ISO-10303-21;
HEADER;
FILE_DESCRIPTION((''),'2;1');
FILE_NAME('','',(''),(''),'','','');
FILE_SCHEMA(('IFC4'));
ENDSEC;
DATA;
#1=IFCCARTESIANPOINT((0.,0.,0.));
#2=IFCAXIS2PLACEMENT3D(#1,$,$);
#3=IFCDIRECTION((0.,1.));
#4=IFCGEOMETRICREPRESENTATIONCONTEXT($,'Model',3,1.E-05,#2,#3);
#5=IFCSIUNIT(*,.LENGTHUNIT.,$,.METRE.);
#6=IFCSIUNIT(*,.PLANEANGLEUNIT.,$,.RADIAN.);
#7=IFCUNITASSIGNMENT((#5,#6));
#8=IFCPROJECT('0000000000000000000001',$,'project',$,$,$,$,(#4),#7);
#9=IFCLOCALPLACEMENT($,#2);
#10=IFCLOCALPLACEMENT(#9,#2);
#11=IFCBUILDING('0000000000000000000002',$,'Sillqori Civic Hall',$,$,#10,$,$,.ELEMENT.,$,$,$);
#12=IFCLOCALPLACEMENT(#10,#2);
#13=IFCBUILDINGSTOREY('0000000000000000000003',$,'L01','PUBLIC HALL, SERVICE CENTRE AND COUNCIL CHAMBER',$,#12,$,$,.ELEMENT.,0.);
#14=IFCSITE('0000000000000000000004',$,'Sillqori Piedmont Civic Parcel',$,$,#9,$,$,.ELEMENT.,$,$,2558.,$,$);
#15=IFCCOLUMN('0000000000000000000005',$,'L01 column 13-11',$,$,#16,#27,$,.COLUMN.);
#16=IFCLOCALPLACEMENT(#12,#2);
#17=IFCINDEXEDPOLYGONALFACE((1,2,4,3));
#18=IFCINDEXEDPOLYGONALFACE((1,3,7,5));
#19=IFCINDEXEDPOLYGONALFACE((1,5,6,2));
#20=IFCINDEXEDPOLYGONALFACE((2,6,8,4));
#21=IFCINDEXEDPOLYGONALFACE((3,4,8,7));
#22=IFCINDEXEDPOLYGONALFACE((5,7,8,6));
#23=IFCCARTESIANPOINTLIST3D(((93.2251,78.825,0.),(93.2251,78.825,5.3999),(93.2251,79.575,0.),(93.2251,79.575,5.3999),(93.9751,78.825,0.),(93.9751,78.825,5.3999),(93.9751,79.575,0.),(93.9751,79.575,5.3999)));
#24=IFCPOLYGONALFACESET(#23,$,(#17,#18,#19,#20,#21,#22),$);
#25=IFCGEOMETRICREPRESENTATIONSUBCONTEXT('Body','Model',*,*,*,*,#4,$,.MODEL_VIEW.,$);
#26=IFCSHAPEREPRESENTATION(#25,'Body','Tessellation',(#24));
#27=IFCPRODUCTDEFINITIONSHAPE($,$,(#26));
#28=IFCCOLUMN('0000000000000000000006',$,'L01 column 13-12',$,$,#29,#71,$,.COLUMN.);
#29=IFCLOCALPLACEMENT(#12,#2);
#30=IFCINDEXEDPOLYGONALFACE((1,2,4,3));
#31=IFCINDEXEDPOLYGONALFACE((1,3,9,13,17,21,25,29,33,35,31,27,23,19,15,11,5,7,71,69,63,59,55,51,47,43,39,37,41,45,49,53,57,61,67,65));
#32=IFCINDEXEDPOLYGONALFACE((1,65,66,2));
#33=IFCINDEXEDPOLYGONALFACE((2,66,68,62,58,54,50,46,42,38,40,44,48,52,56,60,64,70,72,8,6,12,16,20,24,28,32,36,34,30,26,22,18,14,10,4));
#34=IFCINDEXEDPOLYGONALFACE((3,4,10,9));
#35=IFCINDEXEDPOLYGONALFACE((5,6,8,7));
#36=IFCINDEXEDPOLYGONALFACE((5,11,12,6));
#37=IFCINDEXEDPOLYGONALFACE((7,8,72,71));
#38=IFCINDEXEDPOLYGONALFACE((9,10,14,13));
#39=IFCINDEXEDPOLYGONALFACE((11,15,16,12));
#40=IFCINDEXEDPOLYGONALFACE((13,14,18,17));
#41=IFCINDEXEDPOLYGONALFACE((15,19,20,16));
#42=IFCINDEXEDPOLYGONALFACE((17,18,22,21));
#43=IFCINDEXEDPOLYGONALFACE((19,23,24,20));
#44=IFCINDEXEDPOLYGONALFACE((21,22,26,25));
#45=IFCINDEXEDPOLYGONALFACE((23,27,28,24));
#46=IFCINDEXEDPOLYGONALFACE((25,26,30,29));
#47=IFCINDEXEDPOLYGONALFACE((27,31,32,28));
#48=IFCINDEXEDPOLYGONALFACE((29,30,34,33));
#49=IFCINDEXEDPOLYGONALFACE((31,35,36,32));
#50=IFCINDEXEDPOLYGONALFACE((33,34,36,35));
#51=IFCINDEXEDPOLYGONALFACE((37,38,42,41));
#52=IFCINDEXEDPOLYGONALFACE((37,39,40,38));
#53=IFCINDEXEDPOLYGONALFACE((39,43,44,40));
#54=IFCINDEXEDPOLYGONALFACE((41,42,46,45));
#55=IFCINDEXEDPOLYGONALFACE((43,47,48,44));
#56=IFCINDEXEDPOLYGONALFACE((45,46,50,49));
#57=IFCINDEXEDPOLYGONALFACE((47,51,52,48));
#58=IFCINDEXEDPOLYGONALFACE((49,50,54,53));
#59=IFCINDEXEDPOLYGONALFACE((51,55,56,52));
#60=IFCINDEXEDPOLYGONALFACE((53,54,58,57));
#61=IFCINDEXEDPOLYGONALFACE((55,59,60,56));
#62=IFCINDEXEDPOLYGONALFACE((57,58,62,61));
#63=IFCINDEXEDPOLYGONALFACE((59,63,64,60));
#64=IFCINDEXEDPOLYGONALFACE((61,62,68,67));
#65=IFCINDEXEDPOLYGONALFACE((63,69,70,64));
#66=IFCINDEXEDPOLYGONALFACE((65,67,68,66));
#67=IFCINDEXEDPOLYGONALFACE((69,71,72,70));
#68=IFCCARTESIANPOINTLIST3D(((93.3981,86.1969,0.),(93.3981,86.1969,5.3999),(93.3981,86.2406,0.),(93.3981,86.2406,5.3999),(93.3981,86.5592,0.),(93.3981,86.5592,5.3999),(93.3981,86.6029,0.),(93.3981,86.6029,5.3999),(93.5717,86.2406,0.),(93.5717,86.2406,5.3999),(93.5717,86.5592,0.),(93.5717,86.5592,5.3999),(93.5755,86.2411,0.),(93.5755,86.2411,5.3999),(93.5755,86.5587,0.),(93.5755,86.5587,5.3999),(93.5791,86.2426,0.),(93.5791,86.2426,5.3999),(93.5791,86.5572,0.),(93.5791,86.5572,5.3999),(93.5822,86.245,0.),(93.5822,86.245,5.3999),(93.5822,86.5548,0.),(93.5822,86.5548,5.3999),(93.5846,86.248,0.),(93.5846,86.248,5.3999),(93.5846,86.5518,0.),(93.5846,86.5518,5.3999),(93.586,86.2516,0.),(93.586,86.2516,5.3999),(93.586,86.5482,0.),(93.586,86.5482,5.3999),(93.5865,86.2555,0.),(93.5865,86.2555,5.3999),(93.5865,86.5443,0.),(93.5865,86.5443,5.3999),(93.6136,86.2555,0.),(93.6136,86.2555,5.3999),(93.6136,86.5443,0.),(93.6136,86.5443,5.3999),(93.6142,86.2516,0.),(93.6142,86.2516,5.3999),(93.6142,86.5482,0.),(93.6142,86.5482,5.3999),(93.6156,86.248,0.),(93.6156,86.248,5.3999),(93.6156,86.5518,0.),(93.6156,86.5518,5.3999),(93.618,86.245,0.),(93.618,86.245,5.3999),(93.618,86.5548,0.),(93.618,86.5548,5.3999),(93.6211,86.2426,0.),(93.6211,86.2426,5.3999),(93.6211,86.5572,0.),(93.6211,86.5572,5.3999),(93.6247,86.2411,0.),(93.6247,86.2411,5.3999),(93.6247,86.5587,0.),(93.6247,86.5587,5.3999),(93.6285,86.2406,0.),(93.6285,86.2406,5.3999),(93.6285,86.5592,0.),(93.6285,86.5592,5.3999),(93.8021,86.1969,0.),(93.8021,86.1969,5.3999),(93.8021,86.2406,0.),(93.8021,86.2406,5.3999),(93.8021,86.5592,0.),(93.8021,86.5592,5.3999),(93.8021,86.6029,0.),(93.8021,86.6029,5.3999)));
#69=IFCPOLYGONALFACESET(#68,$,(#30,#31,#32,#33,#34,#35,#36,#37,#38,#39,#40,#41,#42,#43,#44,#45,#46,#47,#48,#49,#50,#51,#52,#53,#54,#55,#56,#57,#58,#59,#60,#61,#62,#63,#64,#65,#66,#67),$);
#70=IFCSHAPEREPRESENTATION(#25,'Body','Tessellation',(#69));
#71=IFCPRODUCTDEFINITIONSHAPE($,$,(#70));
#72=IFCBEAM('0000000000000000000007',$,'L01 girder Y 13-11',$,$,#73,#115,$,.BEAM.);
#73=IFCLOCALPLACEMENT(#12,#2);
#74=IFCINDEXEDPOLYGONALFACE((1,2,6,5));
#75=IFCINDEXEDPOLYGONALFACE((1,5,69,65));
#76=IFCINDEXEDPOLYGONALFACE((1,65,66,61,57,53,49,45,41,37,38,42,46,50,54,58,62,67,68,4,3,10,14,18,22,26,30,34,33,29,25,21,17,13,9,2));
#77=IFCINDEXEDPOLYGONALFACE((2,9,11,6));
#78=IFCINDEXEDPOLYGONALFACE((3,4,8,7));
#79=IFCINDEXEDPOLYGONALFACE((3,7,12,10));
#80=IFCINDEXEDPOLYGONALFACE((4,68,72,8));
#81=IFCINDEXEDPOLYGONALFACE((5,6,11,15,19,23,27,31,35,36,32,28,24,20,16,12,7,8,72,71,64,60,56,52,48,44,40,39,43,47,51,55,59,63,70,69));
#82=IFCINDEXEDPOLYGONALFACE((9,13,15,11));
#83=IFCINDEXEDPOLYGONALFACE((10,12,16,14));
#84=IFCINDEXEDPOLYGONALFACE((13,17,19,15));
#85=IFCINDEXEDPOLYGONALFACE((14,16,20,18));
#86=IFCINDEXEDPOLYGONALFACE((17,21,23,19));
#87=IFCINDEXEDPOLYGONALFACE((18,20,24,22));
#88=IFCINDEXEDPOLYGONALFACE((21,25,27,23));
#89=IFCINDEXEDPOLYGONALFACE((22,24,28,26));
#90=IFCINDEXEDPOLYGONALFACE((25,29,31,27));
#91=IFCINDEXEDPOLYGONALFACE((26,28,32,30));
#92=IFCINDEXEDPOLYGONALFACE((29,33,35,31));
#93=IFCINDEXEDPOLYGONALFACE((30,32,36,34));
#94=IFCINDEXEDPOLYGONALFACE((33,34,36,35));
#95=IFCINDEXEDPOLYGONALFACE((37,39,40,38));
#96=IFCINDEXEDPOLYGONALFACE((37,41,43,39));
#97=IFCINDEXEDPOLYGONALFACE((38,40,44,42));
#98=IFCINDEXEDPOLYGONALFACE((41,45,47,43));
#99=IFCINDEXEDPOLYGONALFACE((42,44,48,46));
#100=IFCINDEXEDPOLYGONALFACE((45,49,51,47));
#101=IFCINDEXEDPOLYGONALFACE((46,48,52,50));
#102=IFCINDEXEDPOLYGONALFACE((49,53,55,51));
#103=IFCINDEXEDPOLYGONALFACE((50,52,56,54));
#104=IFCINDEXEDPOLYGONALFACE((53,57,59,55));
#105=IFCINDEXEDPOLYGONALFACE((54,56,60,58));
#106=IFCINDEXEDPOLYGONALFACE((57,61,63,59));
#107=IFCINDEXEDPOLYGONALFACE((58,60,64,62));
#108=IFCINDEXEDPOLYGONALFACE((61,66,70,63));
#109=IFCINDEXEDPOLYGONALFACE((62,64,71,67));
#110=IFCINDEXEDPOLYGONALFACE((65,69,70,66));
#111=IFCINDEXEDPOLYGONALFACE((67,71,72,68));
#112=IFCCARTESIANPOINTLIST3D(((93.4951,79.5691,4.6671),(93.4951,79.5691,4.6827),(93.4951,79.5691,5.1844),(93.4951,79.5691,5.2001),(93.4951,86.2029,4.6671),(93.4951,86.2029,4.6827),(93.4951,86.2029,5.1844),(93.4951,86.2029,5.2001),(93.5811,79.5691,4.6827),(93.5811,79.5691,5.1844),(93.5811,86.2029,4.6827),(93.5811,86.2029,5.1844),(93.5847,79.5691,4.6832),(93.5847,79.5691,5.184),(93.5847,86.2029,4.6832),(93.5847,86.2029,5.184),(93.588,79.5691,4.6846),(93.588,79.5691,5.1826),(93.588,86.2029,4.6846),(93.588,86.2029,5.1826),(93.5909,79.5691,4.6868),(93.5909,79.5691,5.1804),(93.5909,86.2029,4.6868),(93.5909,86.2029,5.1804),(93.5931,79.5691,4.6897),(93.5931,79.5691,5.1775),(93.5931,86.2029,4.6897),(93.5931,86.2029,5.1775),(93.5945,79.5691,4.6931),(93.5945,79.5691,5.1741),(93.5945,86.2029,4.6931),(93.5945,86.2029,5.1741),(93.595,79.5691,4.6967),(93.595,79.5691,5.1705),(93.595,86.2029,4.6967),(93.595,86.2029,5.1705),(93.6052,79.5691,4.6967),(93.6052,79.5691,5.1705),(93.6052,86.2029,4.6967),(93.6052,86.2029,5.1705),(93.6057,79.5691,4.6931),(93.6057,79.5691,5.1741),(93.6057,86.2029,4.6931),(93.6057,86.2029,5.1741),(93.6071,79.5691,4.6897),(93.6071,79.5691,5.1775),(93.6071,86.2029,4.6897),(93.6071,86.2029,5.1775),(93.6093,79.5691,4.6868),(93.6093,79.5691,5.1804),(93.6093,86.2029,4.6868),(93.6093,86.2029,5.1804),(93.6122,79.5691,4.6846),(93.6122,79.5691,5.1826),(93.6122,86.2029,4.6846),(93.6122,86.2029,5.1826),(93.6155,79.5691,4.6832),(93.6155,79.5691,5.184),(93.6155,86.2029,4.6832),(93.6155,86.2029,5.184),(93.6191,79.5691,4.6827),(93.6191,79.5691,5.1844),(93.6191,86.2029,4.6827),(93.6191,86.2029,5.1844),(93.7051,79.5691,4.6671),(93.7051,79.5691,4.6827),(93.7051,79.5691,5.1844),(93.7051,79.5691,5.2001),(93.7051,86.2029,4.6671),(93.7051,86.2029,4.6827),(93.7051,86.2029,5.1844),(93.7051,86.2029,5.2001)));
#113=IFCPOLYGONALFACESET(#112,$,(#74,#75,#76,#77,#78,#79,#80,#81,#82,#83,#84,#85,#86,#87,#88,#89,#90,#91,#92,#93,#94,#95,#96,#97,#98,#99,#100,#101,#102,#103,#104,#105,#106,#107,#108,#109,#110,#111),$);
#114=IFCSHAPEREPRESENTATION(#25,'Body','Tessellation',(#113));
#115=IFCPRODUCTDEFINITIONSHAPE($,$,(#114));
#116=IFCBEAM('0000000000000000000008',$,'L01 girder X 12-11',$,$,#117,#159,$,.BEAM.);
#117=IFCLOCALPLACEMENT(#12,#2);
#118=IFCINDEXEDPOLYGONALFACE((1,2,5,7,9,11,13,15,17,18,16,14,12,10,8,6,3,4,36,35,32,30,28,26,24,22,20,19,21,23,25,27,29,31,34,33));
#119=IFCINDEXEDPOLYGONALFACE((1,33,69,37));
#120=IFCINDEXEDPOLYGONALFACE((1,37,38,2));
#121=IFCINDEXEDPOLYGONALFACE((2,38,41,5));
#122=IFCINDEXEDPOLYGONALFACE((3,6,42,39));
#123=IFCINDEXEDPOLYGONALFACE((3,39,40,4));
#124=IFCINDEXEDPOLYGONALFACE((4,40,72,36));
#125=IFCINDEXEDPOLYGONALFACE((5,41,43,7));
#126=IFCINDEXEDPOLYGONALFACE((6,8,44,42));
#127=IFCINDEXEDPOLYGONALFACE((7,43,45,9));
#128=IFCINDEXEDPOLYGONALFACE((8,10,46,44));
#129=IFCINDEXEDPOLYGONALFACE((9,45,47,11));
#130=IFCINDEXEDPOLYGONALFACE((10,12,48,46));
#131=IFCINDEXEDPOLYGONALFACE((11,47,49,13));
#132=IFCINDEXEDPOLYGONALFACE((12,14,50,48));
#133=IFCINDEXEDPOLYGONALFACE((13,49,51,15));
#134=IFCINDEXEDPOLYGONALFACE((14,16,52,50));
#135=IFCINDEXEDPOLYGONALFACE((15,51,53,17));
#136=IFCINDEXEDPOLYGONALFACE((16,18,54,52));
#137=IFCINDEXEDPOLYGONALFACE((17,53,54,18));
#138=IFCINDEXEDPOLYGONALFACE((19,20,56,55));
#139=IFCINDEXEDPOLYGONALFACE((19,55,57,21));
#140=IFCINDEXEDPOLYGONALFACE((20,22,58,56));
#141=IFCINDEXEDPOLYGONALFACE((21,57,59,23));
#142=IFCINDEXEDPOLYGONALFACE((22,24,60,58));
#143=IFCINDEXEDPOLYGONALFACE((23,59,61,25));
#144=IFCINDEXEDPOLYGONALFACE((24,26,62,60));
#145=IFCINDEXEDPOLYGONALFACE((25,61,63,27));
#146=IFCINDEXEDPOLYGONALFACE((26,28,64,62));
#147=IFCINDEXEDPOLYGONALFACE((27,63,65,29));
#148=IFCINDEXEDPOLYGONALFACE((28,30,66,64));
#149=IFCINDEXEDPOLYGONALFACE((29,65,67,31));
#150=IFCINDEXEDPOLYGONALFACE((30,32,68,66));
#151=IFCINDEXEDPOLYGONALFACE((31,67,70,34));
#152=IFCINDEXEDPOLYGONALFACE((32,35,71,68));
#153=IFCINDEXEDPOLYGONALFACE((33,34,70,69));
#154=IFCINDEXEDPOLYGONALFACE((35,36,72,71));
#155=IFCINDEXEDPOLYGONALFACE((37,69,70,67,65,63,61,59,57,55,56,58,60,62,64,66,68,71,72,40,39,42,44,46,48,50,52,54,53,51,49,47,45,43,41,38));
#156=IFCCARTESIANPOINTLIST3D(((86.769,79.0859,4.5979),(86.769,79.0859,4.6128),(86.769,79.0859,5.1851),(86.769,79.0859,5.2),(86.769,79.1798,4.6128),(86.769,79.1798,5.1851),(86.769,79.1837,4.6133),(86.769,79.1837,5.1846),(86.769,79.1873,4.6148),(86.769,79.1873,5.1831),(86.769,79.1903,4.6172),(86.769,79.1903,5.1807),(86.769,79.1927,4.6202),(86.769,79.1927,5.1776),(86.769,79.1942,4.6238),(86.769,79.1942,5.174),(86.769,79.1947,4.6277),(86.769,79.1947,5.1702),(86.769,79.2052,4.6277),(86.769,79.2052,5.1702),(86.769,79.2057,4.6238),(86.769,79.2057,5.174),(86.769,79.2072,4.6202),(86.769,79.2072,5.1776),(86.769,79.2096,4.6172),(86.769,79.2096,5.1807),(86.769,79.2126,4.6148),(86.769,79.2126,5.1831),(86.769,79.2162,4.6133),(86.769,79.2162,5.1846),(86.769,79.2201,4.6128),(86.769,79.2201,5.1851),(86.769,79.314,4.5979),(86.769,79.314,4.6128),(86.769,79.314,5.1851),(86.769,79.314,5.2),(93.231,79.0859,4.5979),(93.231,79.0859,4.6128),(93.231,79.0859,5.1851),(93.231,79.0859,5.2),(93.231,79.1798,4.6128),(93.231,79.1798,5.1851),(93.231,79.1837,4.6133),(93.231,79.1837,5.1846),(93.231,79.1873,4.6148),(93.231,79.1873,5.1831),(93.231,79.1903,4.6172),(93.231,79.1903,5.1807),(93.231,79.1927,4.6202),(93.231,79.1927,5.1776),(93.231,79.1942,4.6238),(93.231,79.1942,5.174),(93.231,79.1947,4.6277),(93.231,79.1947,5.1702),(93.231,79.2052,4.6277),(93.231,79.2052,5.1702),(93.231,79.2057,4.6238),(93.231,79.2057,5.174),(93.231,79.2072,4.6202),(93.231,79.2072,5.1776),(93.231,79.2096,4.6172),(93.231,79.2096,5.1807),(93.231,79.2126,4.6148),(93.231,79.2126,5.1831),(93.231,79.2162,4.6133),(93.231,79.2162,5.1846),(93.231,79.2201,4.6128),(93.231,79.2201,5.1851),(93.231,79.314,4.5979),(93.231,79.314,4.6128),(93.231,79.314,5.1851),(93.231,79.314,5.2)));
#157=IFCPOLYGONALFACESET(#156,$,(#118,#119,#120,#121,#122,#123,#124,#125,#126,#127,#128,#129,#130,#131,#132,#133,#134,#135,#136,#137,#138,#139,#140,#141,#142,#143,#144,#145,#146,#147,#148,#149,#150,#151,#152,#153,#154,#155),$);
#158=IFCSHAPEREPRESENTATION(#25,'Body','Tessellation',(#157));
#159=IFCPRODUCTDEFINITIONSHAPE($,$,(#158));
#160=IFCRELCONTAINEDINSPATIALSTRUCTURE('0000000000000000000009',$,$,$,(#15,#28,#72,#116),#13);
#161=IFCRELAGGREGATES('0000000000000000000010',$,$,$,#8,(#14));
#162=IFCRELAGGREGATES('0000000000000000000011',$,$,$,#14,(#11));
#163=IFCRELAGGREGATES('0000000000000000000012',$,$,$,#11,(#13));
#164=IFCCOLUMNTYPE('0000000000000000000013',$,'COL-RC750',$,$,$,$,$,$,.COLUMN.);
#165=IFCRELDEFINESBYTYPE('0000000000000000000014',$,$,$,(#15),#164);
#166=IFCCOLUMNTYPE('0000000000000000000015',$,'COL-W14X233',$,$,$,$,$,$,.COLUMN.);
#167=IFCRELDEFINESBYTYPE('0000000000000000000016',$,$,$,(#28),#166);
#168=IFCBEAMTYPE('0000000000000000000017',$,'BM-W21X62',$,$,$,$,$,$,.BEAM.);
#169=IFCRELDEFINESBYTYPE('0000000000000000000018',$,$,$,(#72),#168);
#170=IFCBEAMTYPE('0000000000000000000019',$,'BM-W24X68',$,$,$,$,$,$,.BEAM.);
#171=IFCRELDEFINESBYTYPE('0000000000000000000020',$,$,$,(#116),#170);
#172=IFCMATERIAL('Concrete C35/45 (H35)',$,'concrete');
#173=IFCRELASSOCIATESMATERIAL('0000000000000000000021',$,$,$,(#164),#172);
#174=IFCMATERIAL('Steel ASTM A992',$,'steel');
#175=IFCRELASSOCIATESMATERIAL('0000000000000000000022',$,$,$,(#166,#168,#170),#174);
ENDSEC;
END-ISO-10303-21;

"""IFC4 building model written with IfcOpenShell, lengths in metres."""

from ifc_helpers import new_model, si_unit, direction, frame, origin, origin_2d, place, context, subcontext, project, spatial, rectangle, i_section, extrude, material, material_profile, profile_set, type_object, element, save


model = new_model("IFC4")

# Units and contexts
model_context = context("Model", 3, precision=1e-05, world=origin(), true_north=direction((0.0, 1.0)))
body_context = subcontext(model_context, "Body", "Model", "MODEL_VIEW")
ifc_project = project(units=[si_unit("LENGTHUNIT", "METRE"), si_unit("PLANEANGLEUNIT", "RADIAN")], contexts=[model_context])

# Site, building, storey
site_placement = place(None, origin())
site = spatial("IfcSite", under=ifc_project, at=site_placement, Name="Sillqori Piedmont Civic Parcel", CompositionType="ELEMENT", RefElevation=2558.0)
building_placement = place(site_placement, origin())
building = spatial("IfcBuilding", under=site, at=building_placement, Name="Sillqori Civic Hall", CompositionType="ELEMENT")
storey_placement = place(building_placement, origin())
storey = spatial("IfcBuildingStorey", under=building, at=storey_placement, Name="L01", Description="PUBLIC HALL, SERVICE CENTRE AND COUNCIL CHAMBER", CompositionType="ELEMENT", Elevation=0.0)

# Columns
ifc_material_1 = material(Name="Concrete C35/45 (H35)", Category="concrete")
ifc_material_profile_1 = material_profile(ifc_material_1, rectangle(XDim=0.75, YDim=0.75, at=origin_2d()), Name="RC 750x750")
ifc_profile_set_1 = profile_set([ifc_material_profile_1], Name="Concrete C35/45 (H35)")
column_type_1 = type_object("IfcColumnType", Name="COL-RC750", PredefinedType="COLUMN", material=ifc_profile_set_1)
column_1_placement = place(storey_placement, frame((93.6001, 79.2, 0.0), z_axis=(0.0, 0.0, 1.0), x_axis=(1.0, 0.0, 0.0)))
element("IfcColumn", 1, at=column_1_placement, inside=storey, type_object=column_type_1, Name="L01 column 13-11", PredefinedType="COLUMN", context=body_context, shape_type="SweptSolid", body=[
    extrude(rectangle(XDim=0.75, YDim=0.75, at=origin_2d()), origin(), (0.0, 0.0, 1.0), 5.3999),
])
ifc_material_2 = material(Name="Steel ASTM A992", Category="steel")
ifc_material_profile_2 = material_profile(ifc_material_2, i_section(OverallWidth=0.4041, OverallDepth=0.406, WebThickness=0.0271, FlangeThickness=0.0437, FilletRadius=0.0149, at=origin_2d()), Name="W14X233")
ifc_profile_set_2 = profile_set([ifc_material_profile_2], Name="Steel ASTM A992")
column_type_2 = type_object("IfcColumnType", Name="COL-W14X233", PredefinedType="COLUMN", material=ifc_profile_set_2)
column_2_placement = place(storey_placement, frame((93.6001, 86.3999, 0.0), z_axis=(0.0, 0.0, 1.0), x_axis=(1.0, 0.0, 0.0)))
element("IfcColumn", 2, at=column_2_placement, inside=storey, type_object=column_type_2, Name="L01 column 13-12", PredefinedType="COLUMN", context=body_context, shape_type="SweptSolid", body=[
    extrude(i_section(OverallWidth=0.4041, OverallDepth=0.406, WebThickness=0.0271, FlangeThickness=0.0437, FilletRadius=0.0149, at=origin_2d()), origin(), (0.0, 0.0, 1.0), 5.3999),
])

# Beams
ifc_material_profile_3 = material_profile(ifc_material_2, i_section(OverallWidth=0.21, OverallDepth=0.533, WebThickness=0.0103, FlangeThickness=0.0156, FilletRadius=0.0139, at=origin_2d()), Name="W21X62")
ifc_profile_set_3 = profile_set([ifc_material_profile_3], Name="Steel ASTM A992")
beam_type_1 = type_object("IfcBeamType", Name="BM-W21X62", PredefinedType="BEAM", material=ifc_profile_set_3)
beam_1_placement = place(storey_placement, frame((93.6001, 79.5691, 4.9336), z_axis=(0.0, 1.0, 0.0), x_axis=(-1.0, 0.0, 0.0)))
element("IfcBeam", 3, at=beam_1_placement, inside=storey, type_object=beam_type_1, Name="L01 girder Y 13-11", PredefinedType="BEAM", context=body_context, shape_type="SweptSolid", body=[
    extrude(i_section(OverallWidth=0.21, OverallDepth=0.533, WebThickness=0.0103, FlangeThickness=0.0156, FilletRadius=0.0139, at=origin_2d()), origin(), (0.0, 0.0, 1.0), 6.6338),
])
ifc_material_profile_4 = material_profile(ifc_material_2, i_section(OverallWidth=0.228, OverallDepth=0.6021, WebThickness=0.0105, FlangeThickness=0.0149, FilletRadius=0.0149, at=origin_2d()), Name="W24X68")
ifc_profile_set_4 = profile_set([ifc_material_profile_4], Name="Steel ASTM A992")
beam_type_2 = type_object("IfcBeamType", Name="BM-W24X68", PredefinedType="BEAM", material=ifc_profile_set_4)
beam_2_placement = place(storey_placement, frame((86.769, 79.2, 4.8989), z_axis=(1.0, 0.0, 0.0), x_axis=(0.0, 1.0, 0.0)))
element("IfcBeam", 4, at=beam_2_placement, inside=storey, type_object=beam_type_2, Name="L01 girder X 12-11", PredefinedType="BEAM", context=body_context, shape_type="SweptSolid", body=[
    extrude(i_section(OverallWidth=0.228, OverallDepth=0.6021, WebThickness=0.0105, FlangeThickness=0.0149, FilletRadius=0.0149, at=origin_2d()), origin(), (0.0, 0.0, 1.0), 6.4619),
])

save(model, "model.ifc")
